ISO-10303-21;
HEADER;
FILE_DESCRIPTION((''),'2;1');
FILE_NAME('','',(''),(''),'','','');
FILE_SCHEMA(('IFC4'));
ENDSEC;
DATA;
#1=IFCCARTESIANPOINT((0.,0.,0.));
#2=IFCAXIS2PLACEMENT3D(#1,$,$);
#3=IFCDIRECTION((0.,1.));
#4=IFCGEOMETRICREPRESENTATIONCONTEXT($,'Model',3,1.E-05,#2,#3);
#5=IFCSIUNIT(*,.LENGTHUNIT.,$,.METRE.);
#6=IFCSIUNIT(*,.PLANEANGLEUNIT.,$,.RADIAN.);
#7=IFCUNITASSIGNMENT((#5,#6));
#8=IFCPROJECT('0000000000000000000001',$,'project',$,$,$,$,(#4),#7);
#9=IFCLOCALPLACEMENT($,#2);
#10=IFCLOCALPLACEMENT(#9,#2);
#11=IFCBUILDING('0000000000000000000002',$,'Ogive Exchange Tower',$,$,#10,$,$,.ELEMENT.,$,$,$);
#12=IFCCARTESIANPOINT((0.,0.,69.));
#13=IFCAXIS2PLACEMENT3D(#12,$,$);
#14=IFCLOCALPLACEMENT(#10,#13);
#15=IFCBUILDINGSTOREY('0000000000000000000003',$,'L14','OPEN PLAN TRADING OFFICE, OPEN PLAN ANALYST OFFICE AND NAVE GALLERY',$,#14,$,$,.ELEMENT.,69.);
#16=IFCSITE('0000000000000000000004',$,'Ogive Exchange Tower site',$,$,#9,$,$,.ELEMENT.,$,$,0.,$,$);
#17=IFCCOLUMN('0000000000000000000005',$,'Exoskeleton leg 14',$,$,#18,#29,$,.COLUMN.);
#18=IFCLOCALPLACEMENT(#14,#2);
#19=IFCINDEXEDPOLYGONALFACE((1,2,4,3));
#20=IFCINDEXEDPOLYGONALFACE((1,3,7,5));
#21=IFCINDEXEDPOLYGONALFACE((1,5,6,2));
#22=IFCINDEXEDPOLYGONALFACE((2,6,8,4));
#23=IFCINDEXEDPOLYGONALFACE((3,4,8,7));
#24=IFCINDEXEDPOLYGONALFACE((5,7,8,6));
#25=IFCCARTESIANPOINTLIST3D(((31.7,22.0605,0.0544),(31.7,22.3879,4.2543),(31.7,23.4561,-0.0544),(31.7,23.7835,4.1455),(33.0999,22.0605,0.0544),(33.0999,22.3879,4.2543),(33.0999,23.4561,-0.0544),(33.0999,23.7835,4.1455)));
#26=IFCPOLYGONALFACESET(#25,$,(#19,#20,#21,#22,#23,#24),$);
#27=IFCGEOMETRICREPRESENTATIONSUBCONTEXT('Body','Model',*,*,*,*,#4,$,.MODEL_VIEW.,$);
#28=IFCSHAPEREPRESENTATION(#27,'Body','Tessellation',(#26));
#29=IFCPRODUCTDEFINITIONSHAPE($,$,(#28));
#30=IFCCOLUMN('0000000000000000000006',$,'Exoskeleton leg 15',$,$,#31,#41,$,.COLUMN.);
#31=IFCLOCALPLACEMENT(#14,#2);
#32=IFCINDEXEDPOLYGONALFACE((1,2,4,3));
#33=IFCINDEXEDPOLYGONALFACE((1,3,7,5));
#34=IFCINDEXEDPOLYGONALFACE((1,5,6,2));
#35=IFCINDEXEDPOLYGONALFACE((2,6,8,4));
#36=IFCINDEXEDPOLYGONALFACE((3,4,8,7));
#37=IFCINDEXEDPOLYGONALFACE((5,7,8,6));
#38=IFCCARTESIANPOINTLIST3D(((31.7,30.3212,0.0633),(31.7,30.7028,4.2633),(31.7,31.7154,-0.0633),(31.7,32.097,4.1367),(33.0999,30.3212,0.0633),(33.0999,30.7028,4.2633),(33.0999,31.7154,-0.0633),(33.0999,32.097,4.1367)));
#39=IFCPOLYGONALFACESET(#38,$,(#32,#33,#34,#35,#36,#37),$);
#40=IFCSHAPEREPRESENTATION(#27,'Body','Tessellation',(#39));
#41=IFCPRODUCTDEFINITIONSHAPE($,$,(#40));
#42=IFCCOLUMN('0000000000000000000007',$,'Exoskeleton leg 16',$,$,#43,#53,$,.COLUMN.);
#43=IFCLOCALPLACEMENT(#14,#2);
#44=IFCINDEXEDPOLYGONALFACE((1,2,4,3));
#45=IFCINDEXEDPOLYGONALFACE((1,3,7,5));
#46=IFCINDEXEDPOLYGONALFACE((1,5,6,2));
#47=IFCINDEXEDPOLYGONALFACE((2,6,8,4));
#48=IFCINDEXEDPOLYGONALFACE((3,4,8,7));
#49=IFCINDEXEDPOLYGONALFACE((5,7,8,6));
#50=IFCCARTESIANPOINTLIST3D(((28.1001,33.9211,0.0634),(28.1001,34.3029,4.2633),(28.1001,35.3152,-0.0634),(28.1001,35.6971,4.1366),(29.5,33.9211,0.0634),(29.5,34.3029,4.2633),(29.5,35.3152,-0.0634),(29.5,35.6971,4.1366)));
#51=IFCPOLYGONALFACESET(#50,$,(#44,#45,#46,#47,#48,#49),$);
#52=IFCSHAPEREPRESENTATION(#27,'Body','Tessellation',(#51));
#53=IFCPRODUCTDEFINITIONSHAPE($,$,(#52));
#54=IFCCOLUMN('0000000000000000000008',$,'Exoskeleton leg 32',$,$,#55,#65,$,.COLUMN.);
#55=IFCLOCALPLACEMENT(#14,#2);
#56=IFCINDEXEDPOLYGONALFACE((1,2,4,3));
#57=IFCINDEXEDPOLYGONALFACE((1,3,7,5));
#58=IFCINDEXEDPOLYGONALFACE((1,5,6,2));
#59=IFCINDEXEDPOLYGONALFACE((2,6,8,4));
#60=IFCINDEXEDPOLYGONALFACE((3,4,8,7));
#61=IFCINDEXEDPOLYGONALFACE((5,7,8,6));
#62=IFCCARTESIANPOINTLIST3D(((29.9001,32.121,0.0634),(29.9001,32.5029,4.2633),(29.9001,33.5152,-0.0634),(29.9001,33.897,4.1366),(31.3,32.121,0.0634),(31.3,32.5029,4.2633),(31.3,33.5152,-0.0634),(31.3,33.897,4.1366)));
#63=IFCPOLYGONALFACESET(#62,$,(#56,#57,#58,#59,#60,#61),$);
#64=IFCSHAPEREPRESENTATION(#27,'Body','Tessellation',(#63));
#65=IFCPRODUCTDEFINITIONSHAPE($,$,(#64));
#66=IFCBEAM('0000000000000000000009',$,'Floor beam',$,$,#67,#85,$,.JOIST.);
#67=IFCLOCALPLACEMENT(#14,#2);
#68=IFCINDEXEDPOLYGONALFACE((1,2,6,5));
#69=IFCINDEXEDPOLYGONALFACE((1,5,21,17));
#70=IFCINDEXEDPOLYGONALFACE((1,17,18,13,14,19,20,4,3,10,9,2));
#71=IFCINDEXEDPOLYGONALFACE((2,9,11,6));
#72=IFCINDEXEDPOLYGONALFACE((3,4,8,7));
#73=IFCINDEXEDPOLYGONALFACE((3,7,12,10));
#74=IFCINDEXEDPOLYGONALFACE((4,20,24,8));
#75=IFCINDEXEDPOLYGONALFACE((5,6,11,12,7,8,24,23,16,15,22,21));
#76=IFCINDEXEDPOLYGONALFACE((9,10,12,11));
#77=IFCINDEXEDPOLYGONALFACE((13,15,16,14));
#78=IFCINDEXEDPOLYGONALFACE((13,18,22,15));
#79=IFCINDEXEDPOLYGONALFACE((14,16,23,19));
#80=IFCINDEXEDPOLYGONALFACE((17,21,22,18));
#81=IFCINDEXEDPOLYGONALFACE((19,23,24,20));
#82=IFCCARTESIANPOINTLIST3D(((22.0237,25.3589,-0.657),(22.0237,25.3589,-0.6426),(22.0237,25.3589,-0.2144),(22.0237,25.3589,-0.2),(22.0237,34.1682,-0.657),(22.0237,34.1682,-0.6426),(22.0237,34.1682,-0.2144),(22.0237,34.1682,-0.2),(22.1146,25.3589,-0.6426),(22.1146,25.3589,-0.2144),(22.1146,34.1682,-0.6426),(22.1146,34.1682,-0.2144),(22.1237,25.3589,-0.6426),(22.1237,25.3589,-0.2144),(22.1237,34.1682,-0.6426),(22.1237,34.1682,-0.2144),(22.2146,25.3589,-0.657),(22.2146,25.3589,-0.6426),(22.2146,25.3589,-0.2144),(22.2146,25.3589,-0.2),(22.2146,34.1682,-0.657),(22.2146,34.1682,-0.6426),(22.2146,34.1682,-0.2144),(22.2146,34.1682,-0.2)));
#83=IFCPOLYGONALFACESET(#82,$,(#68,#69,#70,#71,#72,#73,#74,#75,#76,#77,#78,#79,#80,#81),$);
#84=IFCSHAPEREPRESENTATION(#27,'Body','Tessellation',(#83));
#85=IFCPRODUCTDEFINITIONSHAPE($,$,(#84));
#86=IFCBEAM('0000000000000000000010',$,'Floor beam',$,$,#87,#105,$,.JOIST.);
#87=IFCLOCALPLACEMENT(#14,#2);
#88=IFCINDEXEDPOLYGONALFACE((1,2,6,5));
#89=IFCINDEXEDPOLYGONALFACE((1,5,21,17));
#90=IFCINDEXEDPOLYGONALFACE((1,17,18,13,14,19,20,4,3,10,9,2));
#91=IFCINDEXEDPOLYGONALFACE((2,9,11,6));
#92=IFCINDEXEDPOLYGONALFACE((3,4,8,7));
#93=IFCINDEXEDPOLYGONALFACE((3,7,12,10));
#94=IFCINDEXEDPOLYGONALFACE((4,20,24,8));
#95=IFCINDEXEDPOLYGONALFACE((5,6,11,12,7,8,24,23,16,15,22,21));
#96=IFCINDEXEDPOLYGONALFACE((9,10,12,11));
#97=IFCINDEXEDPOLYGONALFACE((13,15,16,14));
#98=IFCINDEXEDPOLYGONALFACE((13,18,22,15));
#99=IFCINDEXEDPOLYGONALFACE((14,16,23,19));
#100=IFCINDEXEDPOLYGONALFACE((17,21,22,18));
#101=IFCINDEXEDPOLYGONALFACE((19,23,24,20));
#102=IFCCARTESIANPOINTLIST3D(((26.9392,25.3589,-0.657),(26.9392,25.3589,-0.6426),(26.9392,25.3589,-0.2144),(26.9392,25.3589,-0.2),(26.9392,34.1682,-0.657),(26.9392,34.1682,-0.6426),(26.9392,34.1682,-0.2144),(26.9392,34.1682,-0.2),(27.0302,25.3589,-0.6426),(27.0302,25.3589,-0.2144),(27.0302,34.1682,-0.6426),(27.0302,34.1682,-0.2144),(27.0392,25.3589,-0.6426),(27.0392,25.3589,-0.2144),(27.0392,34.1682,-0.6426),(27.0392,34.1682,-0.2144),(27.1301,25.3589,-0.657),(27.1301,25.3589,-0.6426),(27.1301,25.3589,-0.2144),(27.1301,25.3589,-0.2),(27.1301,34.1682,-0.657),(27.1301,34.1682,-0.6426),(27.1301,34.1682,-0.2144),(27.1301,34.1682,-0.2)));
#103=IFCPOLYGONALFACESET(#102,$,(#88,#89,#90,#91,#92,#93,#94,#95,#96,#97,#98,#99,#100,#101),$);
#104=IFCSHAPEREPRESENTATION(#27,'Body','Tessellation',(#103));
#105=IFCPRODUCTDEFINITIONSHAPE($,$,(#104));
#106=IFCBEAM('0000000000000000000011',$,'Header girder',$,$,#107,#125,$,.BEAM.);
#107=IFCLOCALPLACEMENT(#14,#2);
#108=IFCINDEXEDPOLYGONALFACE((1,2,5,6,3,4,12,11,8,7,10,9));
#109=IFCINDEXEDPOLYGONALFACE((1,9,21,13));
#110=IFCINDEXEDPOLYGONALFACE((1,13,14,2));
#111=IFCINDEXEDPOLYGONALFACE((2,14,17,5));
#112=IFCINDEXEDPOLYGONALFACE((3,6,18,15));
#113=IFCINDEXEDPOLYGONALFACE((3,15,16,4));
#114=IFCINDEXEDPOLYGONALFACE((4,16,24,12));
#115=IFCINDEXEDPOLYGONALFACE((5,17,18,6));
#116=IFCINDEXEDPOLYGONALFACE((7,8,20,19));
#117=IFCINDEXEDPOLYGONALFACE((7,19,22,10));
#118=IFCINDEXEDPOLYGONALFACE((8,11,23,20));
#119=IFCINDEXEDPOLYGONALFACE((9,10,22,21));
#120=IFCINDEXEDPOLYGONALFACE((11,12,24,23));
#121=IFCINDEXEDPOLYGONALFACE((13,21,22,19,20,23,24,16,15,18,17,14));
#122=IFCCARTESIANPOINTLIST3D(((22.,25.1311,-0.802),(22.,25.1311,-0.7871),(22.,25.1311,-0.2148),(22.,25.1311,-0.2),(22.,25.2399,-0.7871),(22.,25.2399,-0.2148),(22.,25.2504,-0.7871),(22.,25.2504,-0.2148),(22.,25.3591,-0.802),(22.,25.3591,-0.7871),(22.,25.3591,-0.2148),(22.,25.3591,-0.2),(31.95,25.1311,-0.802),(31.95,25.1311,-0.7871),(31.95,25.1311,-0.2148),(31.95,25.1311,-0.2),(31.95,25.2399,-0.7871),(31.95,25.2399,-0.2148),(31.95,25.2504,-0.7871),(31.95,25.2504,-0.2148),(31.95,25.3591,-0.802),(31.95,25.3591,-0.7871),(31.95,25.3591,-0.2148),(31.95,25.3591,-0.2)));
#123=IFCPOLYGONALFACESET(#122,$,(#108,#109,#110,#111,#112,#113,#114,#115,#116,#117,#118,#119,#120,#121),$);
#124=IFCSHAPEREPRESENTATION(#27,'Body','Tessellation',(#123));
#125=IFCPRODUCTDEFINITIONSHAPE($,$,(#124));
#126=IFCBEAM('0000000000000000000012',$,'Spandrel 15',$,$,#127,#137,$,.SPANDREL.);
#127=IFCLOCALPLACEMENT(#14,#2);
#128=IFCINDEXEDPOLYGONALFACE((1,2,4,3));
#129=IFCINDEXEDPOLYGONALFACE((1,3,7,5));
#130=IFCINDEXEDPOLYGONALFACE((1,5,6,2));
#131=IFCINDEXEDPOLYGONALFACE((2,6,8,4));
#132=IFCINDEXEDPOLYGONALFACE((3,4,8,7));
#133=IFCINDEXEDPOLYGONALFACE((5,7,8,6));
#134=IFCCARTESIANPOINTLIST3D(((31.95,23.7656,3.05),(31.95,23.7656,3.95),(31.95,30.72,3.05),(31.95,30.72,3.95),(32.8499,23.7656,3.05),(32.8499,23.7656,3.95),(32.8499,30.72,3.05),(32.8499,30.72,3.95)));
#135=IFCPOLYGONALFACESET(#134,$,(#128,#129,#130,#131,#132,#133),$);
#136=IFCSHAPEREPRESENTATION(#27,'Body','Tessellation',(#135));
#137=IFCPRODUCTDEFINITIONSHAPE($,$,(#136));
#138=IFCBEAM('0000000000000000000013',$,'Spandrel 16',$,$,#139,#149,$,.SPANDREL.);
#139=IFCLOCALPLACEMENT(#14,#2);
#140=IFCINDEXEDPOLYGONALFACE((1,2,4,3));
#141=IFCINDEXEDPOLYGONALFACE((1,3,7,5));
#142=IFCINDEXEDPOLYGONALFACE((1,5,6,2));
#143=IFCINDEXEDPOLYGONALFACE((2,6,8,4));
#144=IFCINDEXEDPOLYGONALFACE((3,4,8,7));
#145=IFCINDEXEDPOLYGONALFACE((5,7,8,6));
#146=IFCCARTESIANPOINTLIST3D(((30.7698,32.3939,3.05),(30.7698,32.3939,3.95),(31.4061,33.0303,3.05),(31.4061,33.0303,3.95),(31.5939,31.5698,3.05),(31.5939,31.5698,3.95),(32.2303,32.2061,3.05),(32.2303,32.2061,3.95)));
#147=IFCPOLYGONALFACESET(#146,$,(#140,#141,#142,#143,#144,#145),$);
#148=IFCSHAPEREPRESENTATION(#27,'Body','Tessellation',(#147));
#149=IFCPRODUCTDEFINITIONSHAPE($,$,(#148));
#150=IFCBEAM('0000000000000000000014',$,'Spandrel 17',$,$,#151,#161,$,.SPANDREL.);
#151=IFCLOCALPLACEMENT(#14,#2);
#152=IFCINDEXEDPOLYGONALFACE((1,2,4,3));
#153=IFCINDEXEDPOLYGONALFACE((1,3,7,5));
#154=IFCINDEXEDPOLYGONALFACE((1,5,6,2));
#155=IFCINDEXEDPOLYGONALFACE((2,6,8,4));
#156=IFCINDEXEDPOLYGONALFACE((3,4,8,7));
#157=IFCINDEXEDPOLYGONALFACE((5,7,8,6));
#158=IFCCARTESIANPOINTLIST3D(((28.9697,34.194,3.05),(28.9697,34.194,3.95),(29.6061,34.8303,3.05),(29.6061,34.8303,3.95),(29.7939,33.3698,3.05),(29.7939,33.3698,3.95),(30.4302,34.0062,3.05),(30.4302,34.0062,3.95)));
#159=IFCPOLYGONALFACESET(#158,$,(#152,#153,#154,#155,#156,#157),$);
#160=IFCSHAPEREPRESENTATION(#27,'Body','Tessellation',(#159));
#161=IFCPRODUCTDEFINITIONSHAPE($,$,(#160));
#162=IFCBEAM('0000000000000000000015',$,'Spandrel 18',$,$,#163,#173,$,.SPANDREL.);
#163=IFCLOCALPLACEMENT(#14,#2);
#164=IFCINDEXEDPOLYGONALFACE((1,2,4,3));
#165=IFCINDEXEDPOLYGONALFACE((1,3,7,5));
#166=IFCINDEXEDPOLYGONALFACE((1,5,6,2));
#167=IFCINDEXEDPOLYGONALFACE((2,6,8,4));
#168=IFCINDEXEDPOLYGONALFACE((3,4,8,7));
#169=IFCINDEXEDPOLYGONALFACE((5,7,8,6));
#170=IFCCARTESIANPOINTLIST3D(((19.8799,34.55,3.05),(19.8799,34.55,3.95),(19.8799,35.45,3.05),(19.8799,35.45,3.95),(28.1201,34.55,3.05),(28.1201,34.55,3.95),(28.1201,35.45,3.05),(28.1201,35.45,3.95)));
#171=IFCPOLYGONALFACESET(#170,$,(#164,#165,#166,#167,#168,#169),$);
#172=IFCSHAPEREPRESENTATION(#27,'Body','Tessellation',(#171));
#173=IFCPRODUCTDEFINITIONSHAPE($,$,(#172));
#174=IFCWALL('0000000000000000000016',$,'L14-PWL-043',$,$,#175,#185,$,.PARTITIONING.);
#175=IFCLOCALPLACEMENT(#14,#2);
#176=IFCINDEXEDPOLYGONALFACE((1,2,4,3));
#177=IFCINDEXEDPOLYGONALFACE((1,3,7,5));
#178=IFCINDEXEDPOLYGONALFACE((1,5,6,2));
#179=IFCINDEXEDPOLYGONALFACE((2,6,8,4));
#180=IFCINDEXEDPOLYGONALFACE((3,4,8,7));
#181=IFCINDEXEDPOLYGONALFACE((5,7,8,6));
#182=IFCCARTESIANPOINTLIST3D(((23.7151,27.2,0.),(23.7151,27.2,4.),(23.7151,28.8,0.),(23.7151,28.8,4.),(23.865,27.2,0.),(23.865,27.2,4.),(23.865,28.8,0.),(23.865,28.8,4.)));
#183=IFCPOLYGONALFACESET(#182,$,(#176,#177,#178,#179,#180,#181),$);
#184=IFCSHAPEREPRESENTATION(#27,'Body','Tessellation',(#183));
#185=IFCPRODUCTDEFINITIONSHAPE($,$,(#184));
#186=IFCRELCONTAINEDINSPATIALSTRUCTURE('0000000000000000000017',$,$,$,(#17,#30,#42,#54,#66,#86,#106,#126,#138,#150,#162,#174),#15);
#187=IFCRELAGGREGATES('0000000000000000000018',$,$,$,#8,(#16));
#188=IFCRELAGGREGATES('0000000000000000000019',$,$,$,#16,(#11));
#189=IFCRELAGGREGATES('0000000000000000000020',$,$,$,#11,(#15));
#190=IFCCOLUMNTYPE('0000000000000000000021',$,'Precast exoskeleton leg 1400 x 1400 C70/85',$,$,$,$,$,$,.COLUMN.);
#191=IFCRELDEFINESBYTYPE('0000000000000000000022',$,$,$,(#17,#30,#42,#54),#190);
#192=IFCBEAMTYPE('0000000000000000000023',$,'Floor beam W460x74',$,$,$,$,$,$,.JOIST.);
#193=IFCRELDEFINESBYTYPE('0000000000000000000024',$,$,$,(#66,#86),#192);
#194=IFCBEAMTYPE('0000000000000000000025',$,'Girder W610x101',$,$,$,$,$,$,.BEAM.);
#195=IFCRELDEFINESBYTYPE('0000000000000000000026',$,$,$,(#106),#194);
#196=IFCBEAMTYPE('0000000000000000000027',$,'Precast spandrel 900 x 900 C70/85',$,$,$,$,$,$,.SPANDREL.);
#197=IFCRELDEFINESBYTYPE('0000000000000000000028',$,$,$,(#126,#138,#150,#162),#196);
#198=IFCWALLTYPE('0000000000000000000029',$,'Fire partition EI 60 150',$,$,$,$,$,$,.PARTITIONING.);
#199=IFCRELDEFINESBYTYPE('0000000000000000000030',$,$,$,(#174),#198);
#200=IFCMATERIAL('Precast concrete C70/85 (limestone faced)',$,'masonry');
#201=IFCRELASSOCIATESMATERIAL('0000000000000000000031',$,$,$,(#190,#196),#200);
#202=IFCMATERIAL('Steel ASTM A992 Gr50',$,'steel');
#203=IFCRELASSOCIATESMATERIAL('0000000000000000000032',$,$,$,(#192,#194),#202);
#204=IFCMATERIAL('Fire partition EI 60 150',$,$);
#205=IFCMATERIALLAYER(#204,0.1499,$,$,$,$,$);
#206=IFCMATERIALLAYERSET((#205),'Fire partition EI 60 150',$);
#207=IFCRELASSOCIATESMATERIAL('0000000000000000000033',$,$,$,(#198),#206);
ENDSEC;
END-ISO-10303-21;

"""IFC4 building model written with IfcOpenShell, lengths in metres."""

from ifc_helpers import new_model, si_unit, direction, frame, frame_2d, origin, origin_2d, place, context, subcontext, project, spatial, rectangle, i_section, extrude, material, layer, layer_set, material_profile, profile_set, type_object, element, save


model = new_model("IFC4")

# Units and contexts
model_context = context("Model", 3, precision=1e-05, world=origin(), true_north=direction((0.0, 1.0)))
body_context = subcontext(model_context, "Body", "Model", "MODEL_VIEW")
ifc_project = project(units=[si_unit("LENGTHUNIT", "METRE"), si_unit("PLANEANGLEUNIT", "RADIAN")], contexts=[model_context])

# Site, building, storey
site_placement = place(None, origin())
site = spatial("IfcSite", under=ifc_project, at=site_placement, Name="Ogive Exchange Tower site", CompositionType="ELEMENT", RefElevation=0.0)
building_placement = place(site_placement, origin())
building = spatial("IfcBuilding", under=site, at=building_placement, Name="Ogive Exchange Tower", CompositionType="ELEMENT")
storey_placement = place(building_placement, frame((0.0, 0.0, 69.0)))
storey = spatial("IfcBuildingStorey", under=building, at=storey_placement, Name="L14", Description="OPEN PLAN TRADING OFFICE, OPEN PLAN ANALYST OFFICE AND NAVE GALLERY", CompositionType="ELEMENT", Elevation=69.0)

# Columns
ifc_material_1 = material(Name="Precast concrete C70/85 (limestone faced)", Category="masonry")
ifc_material_profile_1 = material_profile(ifc_material_1, rectangle(XDim=1.3999, YDim=1.3999, at=origin_2d()), Name="1400 x 1400")
ifc_profile_set_1 = profile_set([ifc_material_profile_1], Name="Precast concrete C70/85 (limestone faced)")
column_type = type_object("IfcColumnType", Name="Precast exoskeleton leg 1400 x 1400 C70/85", PredefinedType="COLUMN", material=ifc_profile_set_1)
column_placement = place(storey_placement, frame((32.3999, 22.7583, 0.0), z_axis=(0.0, 0.077716, 0.996976), x_axis=(-1.0, 0.0, 0.0)))
element("IfcColumn", 1, at=column_placement, inside=storey, type_object=column_type, Name="Exoskeleton leg 14", PredefinedType="COLUMN", context=body_context, shape_type="SweptSolid", body=[
    extrude(rectangle(XDim=1.3999, YDim=1.3999, at=origin_2d()), origin(), (0.0, 0.0, 1.0), 4.2126),
])
for number, where, z_axis, x_axis, name in (
    (2, (32.3999, 31.0183, 0.0), (0.0, 0.090484, 0.995898), (-1.0, 0.0, 0.0), "Exoskeleton leg 15"),
    (3, (28.8, 34.6182, 0.0), (0.0, 0.090541, 0.995893), (-1.0, 0.0, 0.0), "Exoskeleton leg 16"),
    (4, (30.6001, 32.8181, 0.0), (0.0, 0.090541, 0.995893), (-1.0, 0.0, 0.0), "Exoskeleton leg 32"),
):
    element("IfcColumn", number, at=place(storey_placement, frame(where, z_axis=z_axis, x_axis=x_axis)), inside=storey, type_object=column_type, Name=name, PredefinedType="COLUMN", context=body_context, shape_type="SweptSolid", body=[
        extrude(rectangle(XDim=1.3999, YDim=1.3999, at=origin_2d()), origin(), (0.0, 0.0, 1.0), 4.2173),
    ])

# Beams
ifc_material_2 = material(Name="Steel ASTM A992 Gr50", Category="steel")
ifc_material_profile_2 = material_profile(ifc_material_2, i_section(OverallWidth=0.1909, OverallDepth=0.457, WebThickness=0.009, FlangeThickness=0.0144, at=origin_2d()), Name="W460x74")
ifc_profile_set_2 = profile_set([ifc_material_profile_2], Name="Steel ASTM A992 Gr50")
beam_type_1 = type_object("IfcBeamType", Name="Floor beam W460x74", PredefinedType="JOIST", material=ifc_profile_set_2)
for number, where, z_axis, x_axis, name in (
    (5, (22.1191, 25.3589, -0.4285), (0.0, 1.0, 0.0), (-1.0, 0.0, 0.0), "Floor beam"),
    (6, (27.0347, 25.3589, -0.4285), (0.0, 1.0, 0.0), (-1.0, 0.0, 0.0), "Floor beam"),
):
    element("IfcBeam", number, at=place(storey_placement, frame(where, z_axis=z_axis, x_axis=x_axis)), inside=storey, type_object=beam_type_1, Name=name, PredefinedType="JOIST", context=body_context, shape_type="SweptSolid", body=[
        extrude(i_section(OverallWidth=0.1909, OverallDepth=0.457, WebThickness=0.009, FlangeThickness=0.0144, at=origin_2d()), origin(), (0.0, 0.0, 1.0), 8.8093),
    ])
ifc_material_profile_3 = material_profile(ifc_material_2, i_section(OverallWidth=0.228, OverallDepth=0.6021, WebThickness=0.0105, FlangeThickness=0.0149, at=origin_2d()), Name="W610x101")
ifc_profile_set_3 = profile_set([ifc_material_profile_3], Name="Steel ASTM A992 Gr50")
beam_type_2 = type_object("IfcBeamType", Name="Girder W610x101", PredefinedType="BEAM", material=ifc_profile_set_3)
beam_1_placement = place(storey_placement, frame((22.0, 25.2451, -0.501), z_axis=(1.0, 0.0, 0.0), x_axis=(0.0, 1.0, 0.0)))
element("IfcBeam", 7, at=beam_1_placement, inside=storey, type_object=beam_type_2, Name="Header girder", PredefinedType="BEAM", context=body_context, shape_type="SweptSolid", body=[
    extrude(i_section(OverallWidth=0.228, OverallDepth=0.6021, WebThickness=0.0105, FlangeThickness=0.0149, at=origin_2d()), origin(), (0.0, 0.0, 1.0), 9.95),
])
ifc_material_profile_4 = material_profile(ifc_material_1, rectangle(XDim=0.8999, YDim=0.8999, at=origin_2d()), Name="900 x 900")
ifc_profile_set_4 = profile_set([ifc_material_profile_4], Name="Precast concrete C70/85 (limestone faced)")
beam_type_3 = type_object("IfcBeamType", Name="Precast spandrel 900 x 900 C70/85", PredefinedType="SPANDREL", material=ifc_profile_set_4)
beam_2_placement = place(storey_placement, frame((32.3999, 23.7656, 3.5), z_axis=(0.0, 1.0, 0.0), x_axis=(-1.0, 0.0, 0.0)))
element("IfcBeam", 8, at=beam_2_placement, inside=storey, type_object=beam_type_3, Name="Spandrel 15", PredefinedType="SPANDREL", context=body_context, shape_type="SweptSolid", body=[
    extrude(rectangle(XDim=0.8999, YDim=0.8999, at=origin_2d()), origin(), (0.0, 0.0, 1.0), 6.9543),
])
for number, where, z_axis, x_axis, name in (
    (9, (31.9121, 31.8879, 3.5), (-0.707107, 0.707107, 0.0), (-0.707107, -0.707107, 0.0), "Spandrel 16"),
    (10, (30.1121, 33.688, 3.5), (-0.707107, 0.707107, 0.0), (-0.707107, -0.707107, 0.0), "Spandrel 17"),
):
    element("IfcBeam", number, at=place(storey_placement, frame(where, z_axis=z_axis, x_axis=x_axis)), inside=storey, type_object=beam_type_3, Name=name, PredefinedType="SPANDREL", context=body_context, shape_type="SweptSolid", body=[
        extrude(rectangle(XDim=0.8999, YDim=0.8999, at=origin_2d()), origin(), (0.0, 0.0, 1.0), 1.1655),
    ])
beam_3_placement = place(storey_placement, frame((28.1201, 35.0, 3.5), z_axis=(-1.0, 0.0, 0.0), x_axis=(0.0, -1.0, 0.0)))
element("IfcBeam", 11, at=beam_3_placement, inside=storey, type_object=beam_type_3, Name="Spandrel 18", PredefinedType="SPANDREL", context=body_context, shape_type="SweptSolid", body=[
    extrude(rectangle(XDim=0.8999, YDim=0.8999, at=origin_2d()), origin(), (0.0, 0.0, 1.0), 8.2402),
])

# Wall
ifc_material_3 = material(Name="Fire partition EI 60 150")
ifc_layer_1 = layer(ifc_material_3, 0.1499)
ifc_layer_set_1 = layer_set([ifc_layer_1], Name="Fire partition EI 60 150")
wall_type_1 = type_object("IfcWallType", Name="Fire partition EI 60 150", PredefinedType="PARTITIONING", material=ifc_layer_set_1)
wall_1_placement = place(storey_placement, frame((23.79, 28.8, 0.0), z_axis=(0.0, 0.0, 1.0), x_axis=(0.0, -1.0, 0.0)))
element("IfcWall", 12, at=wall_1_placement, inside=storey, type_object=wall_type_1, Name="L14-PWL-043", PredefinedType="PARTITIONING", context=body_context, shape_type="SweptSolid", body=[
    extrude(rectangle(XDim=1.6001, YDim=0.1499, at=frame_2d((0.8, 0.0))), origin(), (0.0, 0.0, 1.0), 4.0),
])

save(model, "model.ifc")
